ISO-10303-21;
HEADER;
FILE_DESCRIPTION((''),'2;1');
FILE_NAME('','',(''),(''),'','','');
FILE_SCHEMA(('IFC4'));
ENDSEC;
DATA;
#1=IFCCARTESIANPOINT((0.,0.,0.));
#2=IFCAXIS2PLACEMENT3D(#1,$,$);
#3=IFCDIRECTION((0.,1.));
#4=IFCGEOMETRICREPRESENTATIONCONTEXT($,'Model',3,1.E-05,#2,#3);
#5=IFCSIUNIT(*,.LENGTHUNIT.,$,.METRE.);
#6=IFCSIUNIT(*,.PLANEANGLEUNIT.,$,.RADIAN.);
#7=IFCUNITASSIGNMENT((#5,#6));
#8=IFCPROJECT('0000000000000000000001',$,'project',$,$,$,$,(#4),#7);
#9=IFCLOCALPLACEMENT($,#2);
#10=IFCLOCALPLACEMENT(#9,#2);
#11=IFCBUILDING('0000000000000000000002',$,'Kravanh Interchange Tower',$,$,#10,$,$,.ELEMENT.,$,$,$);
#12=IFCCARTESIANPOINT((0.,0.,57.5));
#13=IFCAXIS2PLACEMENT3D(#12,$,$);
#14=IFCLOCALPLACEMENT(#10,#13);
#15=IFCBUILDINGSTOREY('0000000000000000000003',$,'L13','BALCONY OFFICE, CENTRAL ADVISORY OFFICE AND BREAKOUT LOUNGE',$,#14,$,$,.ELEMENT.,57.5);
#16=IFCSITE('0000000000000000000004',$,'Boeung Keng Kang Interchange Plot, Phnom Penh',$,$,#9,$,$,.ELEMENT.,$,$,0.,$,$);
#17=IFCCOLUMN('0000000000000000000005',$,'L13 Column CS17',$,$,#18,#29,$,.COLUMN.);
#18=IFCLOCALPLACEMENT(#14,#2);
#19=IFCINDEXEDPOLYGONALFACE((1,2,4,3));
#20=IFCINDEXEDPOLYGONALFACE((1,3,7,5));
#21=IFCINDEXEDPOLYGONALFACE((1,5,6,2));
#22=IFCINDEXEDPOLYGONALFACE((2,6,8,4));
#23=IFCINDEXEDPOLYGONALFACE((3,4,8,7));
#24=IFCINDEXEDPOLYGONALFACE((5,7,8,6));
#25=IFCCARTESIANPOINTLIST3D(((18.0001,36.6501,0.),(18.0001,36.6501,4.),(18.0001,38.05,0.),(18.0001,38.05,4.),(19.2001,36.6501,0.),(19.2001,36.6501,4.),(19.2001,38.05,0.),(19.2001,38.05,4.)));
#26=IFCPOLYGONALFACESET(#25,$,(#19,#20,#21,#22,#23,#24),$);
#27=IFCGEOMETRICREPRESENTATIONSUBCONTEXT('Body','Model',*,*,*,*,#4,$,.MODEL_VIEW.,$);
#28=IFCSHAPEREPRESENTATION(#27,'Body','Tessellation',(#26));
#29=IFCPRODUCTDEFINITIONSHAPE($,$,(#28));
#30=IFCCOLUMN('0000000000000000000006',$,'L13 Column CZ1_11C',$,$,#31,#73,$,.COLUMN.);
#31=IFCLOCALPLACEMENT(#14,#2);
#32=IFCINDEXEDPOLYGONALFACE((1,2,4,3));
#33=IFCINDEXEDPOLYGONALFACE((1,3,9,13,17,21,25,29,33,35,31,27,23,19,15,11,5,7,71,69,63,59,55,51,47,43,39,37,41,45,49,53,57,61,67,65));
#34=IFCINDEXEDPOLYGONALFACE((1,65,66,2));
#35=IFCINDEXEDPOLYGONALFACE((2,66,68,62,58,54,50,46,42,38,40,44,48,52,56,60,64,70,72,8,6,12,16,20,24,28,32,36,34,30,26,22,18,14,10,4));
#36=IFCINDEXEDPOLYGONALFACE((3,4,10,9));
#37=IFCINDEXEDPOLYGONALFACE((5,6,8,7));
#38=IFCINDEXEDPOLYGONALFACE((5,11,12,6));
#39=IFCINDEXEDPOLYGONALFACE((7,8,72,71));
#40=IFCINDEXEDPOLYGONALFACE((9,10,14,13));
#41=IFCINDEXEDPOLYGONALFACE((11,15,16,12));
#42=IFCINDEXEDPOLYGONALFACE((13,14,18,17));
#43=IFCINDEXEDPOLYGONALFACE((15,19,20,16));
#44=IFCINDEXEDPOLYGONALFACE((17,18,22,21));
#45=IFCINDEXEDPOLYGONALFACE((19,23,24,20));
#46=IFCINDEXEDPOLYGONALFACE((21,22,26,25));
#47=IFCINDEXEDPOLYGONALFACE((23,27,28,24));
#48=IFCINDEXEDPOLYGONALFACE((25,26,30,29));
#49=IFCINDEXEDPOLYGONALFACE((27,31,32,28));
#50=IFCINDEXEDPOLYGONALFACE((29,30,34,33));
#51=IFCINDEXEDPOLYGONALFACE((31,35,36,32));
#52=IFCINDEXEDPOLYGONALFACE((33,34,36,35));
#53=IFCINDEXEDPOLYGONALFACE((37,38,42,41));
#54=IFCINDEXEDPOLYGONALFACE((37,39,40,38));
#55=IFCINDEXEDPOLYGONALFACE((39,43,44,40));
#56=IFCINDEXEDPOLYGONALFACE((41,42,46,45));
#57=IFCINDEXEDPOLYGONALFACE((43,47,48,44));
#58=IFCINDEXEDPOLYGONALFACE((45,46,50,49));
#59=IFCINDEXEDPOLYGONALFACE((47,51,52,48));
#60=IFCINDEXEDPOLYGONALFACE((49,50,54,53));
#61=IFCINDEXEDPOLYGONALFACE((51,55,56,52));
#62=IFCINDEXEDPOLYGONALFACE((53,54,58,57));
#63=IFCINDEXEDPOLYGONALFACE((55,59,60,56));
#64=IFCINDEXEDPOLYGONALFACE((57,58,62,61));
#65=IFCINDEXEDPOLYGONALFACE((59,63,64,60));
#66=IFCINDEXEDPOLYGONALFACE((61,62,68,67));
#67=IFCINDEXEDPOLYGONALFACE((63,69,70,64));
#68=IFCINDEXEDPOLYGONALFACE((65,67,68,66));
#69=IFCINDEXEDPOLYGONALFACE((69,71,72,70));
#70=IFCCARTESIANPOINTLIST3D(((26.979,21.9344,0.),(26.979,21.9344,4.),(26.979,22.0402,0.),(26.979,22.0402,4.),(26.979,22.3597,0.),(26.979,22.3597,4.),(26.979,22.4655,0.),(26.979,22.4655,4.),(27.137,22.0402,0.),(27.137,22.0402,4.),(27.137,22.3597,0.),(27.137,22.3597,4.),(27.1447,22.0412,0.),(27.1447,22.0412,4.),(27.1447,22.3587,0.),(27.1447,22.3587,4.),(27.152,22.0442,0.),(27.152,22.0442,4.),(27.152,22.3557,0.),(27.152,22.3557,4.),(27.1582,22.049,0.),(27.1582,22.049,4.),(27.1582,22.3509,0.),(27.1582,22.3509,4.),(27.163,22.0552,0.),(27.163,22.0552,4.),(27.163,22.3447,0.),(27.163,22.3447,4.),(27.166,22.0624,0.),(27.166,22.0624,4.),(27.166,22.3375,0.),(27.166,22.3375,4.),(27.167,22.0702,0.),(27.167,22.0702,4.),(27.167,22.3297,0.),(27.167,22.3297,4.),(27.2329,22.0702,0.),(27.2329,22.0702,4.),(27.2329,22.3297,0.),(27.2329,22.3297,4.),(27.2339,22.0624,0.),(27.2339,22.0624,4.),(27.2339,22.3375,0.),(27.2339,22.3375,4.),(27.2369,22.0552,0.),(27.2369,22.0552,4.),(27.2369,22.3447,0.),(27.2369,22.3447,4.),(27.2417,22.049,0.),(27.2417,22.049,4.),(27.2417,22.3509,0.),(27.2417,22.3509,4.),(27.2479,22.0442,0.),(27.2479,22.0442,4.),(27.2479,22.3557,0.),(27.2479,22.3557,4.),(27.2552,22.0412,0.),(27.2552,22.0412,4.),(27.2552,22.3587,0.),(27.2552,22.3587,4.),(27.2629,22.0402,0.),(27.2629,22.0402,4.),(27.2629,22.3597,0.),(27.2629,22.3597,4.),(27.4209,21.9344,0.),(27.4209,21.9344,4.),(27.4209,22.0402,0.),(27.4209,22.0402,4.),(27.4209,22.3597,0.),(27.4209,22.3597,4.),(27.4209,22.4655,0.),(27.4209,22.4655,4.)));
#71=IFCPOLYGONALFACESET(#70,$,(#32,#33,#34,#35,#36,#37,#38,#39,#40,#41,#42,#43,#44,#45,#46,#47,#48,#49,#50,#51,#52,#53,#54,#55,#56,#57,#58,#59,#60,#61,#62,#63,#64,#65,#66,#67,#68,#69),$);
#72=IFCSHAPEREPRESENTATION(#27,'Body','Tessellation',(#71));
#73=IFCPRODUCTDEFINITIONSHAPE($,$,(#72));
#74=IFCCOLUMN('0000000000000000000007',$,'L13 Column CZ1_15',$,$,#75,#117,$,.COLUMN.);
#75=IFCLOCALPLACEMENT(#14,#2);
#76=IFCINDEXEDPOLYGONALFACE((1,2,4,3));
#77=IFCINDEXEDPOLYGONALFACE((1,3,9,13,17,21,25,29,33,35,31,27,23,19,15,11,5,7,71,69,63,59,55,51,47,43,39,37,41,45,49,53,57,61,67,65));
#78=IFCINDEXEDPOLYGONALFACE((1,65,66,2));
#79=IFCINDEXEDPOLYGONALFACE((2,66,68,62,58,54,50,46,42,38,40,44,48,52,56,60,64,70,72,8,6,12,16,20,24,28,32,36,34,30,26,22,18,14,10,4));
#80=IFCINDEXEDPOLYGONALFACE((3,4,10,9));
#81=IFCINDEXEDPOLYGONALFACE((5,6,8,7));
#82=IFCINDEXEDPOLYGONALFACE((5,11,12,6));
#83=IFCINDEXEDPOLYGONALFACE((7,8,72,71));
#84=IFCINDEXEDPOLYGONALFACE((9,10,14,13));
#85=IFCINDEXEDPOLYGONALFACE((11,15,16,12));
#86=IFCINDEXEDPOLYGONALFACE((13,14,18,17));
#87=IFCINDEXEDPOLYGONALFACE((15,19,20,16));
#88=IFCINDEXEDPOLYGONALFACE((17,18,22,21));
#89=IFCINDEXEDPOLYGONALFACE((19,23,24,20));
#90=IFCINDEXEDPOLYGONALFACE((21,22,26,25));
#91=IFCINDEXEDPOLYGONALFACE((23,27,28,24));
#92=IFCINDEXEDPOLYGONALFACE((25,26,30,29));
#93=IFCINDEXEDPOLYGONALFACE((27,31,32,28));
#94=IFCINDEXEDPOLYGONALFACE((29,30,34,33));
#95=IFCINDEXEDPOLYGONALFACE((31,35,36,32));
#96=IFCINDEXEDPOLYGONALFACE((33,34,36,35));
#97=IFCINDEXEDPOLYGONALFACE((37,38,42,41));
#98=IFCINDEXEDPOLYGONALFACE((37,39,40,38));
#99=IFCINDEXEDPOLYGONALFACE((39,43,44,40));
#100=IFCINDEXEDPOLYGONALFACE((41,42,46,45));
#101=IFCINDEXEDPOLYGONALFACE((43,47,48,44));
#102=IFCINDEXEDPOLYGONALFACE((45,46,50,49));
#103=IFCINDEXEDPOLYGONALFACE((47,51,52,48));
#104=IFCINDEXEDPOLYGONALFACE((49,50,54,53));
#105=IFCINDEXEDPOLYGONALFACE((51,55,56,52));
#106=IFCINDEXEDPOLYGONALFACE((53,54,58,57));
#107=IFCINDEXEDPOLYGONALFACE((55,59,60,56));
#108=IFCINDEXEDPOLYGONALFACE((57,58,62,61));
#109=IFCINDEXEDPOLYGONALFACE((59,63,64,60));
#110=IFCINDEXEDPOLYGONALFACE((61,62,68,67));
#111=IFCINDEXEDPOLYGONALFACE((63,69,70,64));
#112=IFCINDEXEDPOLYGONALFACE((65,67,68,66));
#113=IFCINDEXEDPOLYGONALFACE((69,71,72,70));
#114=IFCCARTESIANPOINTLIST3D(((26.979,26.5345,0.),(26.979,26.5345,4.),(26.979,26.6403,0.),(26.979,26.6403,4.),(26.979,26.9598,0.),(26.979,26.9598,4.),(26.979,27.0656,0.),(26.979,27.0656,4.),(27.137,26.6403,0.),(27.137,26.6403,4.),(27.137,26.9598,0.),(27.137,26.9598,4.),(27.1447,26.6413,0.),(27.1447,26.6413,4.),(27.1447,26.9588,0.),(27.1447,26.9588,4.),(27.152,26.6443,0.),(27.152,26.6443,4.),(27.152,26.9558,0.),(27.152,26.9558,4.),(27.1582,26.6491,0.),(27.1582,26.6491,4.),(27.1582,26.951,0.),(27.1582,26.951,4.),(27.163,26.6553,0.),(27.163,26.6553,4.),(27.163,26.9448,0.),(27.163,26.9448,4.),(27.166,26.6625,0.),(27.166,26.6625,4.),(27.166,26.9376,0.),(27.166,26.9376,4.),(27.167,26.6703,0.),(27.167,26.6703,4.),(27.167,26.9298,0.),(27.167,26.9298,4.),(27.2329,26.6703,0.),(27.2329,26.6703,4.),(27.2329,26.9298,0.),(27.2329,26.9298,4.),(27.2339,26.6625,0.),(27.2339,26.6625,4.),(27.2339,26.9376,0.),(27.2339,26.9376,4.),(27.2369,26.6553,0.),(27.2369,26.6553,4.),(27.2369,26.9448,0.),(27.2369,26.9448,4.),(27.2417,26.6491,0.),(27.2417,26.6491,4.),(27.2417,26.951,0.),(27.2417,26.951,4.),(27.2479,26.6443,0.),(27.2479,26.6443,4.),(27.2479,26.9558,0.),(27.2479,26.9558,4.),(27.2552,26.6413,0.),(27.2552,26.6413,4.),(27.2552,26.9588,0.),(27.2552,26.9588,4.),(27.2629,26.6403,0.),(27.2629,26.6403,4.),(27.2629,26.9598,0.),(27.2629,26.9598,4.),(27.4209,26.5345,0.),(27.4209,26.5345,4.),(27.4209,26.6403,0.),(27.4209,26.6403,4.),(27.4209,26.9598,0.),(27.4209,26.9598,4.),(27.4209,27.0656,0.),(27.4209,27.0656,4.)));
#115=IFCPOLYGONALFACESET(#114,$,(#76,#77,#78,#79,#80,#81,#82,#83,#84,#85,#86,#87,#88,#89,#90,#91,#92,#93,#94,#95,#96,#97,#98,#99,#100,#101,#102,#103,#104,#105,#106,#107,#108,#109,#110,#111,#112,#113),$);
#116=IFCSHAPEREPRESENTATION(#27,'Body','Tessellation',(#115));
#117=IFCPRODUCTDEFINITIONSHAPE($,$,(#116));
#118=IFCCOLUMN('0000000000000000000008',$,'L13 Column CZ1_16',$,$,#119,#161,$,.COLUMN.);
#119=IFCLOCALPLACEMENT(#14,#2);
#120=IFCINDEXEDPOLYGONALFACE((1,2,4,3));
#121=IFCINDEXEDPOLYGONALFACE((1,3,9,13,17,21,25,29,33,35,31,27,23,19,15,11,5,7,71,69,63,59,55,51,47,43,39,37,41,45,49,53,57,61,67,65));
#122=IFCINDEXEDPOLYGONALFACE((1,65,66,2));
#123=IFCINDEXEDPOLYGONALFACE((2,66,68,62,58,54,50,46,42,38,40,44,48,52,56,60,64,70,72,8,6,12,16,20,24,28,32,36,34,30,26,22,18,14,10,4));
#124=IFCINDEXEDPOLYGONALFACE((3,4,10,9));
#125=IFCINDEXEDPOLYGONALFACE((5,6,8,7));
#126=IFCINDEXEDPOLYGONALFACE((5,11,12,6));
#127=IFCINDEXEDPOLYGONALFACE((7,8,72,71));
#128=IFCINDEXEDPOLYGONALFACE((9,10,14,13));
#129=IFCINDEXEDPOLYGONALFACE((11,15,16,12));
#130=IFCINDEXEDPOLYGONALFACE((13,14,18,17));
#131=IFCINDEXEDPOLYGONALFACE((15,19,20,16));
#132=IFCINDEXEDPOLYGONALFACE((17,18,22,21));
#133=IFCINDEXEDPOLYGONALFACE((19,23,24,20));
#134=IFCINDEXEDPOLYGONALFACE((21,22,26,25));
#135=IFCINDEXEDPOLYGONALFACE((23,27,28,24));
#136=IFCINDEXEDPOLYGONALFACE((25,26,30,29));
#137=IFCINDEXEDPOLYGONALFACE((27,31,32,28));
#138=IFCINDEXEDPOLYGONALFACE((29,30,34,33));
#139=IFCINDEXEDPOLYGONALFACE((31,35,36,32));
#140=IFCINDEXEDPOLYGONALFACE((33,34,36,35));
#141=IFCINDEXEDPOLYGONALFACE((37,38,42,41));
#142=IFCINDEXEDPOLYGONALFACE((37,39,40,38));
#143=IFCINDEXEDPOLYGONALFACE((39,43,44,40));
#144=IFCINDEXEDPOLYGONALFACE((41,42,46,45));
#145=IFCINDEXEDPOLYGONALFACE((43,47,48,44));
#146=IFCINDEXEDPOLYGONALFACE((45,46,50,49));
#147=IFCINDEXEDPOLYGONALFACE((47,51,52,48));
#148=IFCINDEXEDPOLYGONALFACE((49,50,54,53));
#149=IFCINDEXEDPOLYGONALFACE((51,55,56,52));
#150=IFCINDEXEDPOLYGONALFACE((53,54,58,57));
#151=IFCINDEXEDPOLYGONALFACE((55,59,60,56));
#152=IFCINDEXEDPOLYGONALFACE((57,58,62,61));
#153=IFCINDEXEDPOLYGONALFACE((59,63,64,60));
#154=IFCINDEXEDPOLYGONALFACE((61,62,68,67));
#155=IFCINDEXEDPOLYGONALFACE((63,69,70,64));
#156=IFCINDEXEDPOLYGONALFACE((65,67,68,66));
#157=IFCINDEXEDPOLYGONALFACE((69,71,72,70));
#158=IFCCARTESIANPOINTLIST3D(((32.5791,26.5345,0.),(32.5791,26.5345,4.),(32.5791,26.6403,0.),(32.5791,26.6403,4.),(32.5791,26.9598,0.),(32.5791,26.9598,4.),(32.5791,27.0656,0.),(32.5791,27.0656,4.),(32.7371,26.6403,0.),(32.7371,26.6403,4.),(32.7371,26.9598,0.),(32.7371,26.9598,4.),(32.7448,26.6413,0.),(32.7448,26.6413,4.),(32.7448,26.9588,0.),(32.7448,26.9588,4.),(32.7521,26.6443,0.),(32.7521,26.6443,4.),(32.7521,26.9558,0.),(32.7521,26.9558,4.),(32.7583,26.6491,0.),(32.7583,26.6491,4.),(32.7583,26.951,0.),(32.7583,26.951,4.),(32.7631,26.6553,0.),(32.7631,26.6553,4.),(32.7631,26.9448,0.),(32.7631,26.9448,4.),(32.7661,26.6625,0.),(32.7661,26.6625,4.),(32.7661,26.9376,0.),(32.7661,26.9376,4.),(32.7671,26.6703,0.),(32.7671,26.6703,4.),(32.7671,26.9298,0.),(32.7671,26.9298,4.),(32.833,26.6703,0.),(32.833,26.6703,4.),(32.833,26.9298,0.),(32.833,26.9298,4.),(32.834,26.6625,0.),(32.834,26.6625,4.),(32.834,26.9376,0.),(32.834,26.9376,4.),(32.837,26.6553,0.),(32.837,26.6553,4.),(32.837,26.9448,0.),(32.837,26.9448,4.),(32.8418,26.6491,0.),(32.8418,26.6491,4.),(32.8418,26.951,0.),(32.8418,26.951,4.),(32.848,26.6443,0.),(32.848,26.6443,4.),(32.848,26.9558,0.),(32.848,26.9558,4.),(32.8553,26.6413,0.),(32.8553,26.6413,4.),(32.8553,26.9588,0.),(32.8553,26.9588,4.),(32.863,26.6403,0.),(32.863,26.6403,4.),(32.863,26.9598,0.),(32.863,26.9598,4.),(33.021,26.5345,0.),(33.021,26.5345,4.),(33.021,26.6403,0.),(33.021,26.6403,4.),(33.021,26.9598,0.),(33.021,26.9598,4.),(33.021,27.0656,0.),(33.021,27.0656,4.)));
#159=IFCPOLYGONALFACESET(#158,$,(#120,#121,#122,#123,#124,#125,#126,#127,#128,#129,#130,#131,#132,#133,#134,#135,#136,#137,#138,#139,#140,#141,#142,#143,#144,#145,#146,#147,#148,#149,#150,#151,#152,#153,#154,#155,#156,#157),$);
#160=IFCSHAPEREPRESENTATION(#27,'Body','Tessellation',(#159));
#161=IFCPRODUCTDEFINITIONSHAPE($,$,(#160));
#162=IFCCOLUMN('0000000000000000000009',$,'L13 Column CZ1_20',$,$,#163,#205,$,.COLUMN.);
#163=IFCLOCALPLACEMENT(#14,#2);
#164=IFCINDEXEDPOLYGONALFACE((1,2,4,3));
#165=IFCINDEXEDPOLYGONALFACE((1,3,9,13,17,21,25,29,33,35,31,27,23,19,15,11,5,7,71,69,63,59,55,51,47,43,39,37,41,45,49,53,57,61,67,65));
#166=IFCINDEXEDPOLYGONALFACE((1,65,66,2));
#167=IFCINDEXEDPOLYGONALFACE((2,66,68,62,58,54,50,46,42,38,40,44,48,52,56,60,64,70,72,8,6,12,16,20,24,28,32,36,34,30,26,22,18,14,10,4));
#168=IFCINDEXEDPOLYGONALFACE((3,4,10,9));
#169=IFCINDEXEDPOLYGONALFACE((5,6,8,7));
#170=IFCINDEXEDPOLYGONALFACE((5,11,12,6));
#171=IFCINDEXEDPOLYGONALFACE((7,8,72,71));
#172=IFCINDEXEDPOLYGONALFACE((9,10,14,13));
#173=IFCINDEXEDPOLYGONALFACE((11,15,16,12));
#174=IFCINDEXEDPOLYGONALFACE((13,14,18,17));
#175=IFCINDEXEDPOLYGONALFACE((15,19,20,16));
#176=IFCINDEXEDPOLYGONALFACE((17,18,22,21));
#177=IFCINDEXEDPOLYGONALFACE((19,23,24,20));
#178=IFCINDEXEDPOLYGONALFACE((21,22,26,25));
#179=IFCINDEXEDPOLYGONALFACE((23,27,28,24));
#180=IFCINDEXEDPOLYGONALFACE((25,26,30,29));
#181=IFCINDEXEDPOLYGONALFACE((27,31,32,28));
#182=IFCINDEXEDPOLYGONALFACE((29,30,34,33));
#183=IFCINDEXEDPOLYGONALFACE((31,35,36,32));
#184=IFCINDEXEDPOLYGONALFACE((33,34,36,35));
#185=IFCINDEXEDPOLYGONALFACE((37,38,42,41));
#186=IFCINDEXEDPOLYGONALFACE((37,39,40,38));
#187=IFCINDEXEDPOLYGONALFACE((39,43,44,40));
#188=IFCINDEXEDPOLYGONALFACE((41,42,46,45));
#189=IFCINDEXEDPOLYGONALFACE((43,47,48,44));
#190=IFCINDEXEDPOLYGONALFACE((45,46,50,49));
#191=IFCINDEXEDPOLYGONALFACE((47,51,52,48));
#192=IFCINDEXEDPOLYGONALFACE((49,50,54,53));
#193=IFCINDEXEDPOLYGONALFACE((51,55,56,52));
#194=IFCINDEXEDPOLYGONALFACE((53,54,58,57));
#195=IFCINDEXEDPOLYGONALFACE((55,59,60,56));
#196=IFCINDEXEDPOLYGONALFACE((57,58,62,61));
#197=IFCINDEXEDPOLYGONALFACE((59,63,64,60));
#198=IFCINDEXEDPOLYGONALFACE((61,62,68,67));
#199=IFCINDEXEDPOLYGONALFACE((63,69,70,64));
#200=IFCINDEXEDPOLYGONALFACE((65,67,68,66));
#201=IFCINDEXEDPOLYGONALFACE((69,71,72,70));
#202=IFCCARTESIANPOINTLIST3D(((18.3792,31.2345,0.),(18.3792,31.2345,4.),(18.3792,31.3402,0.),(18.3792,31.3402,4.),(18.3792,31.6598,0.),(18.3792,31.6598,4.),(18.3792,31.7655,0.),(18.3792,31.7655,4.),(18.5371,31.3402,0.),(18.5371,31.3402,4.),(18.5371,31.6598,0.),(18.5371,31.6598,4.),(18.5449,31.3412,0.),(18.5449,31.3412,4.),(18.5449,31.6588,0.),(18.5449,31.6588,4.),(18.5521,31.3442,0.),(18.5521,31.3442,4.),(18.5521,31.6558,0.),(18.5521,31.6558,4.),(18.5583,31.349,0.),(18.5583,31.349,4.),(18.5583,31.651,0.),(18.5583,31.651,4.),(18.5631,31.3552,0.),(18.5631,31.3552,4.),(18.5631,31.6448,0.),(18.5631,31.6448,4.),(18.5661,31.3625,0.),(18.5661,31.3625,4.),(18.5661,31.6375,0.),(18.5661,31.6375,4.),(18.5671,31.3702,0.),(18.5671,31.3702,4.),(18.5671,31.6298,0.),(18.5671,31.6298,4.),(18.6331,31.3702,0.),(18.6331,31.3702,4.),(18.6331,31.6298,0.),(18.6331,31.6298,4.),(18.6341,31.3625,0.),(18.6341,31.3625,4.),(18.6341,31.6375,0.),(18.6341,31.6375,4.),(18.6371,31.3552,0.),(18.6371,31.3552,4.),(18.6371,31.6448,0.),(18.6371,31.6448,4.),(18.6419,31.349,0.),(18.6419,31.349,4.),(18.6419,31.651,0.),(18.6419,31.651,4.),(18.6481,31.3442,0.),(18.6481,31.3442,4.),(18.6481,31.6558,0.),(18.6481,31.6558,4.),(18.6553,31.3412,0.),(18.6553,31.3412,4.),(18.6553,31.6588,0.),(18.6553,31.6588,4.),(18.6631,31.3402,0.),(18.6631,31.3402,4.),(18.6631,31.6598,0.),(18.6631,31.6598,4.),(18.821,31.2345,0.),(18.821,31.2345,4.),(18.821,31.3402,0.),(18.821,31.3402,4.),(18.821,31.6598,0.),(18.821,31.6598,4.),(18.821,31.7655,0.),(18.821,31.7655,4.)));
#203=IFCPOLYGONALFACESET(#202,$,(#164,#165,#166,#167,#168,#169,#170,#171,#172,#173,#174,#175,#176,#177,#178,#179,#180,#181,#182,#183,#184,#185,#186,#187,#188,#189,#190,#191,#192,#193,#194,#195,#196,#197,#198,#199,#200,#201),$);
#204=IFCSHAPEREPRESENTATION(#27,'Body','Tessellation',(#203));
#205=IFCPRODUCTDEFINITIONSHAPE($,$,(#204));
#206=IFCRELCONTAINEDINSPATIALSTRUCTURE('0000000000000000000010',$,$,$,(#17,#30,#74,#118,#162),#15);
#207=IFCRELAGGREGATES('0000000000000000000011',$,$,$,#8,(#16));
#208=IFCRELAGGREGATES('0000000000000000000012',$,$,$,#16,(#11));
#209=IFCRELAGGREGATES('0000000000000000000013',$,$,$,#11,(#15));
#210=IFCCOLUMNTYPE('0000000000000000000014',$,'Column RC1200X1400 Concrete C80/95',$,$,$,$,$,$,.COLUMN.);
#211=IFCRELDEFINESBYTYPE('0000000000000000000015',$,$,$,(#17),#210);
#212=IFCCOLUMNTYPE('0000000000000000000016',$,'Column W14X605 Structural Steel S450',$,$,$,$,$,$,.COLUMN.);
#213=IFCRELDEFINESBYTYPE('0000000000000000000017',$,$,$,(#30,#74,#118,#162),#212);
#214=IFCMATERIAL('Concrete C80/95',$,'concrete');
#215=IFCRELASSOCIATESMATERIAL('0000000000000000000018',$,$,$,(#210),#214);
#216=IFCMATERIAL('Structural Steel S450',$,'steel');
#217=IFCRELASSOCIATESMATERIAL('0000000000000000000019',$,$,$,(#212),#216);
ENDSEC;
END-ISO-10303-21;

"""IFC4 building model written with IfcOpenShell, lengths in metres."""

from ifc_helpers import new_model, si_unit, direction, frame, origin, origin_2d, place, context, subcontext, project, spatial, rectangle, i_section, extrude, material, material_profile, profile_set, type_object, element, save


model = new_model("IFC4")

# Units and contexts
model_context = context("Model", 3, precision=1e-05, world=origin(), true_north=direction((0.0, 1.0)))
body_context = subcontext(model_context, "Body", "Model", "MODEL_VIEW")
ifc_project = project(units=[si_unit("LENGTHUNIT", "METRE"), si_unit("PLANEANGLEUNIT", "RADIAN")], contexts=[model_context])

# Site, building, storey
site_placement = place(None, origin())
site = spatial("IfcSite", under=ifc_project, at=site_placement, Name="Boeung Keng Kang Interchange Plot, Phnom Penh", CompositionType="ELEMENT", RefElevation=0.0)
building_placement = place(site_placement, origin())
building = spatial("IfcBuilding", under=site, at=building_placement, Name="Kravanh Interchange Tower", CompositionType="ELEMENT")
storey_placement = place(building_placement, frame((0.0, 0.0, 57.5)))
storey = spatial("IfcBuildingStorey", under=building, at=storey_placement, Name="L13", Description="BALCONY OFFICE, CENTRAL ADVISORY OFFICE AND BREAKOUT LOUNGE", CompositionType="ELEMENT", Elevation=57.5)

# Columns
ifc_material_1 = material(Name="Concrete C80/95", Category="concrete")
ifc_material_profile_1 = material_profile(ifc_material_1, rectangle(XDim=1.2, YDim=1.3999, at=origin_2d()), Name="RC1200X1400")
ifc_profile_set_1 = profile_set([ifc_material_profile_1], Name="Concrete C80/95")
column_type_1 = type_object("IfcColumnType", Name="Column RC1200X1400 Concrete C80/95", PredefinedType="COLUMN", material=ifc_profile_set_1)
column_placement = place(storey_placement, frame((18.6001, 37.3501, 0.0), z_axis=(0.0, 0.0, 1.0), x_axis=(1.0, 0.0, 0.0)))
element("IfcColumn", 1, at=column_placement, inside=storey, type_object=column_type_1, Name="L13 Column CS17", PredefinedType="COLUMN", context=body_context, shape_type="SweptSolid", body=[
    extrude(rectangle(XDim=1.2, YDim=1.3999, at=origin_2d()), origin(), (0.0, 0.0, 1.0), 4.0),
])
ifc_material_2 = material(Name="Structural Steel S450", Category="steel")
ifc_material_profile_2 = material_profile(ifc_material_2, i_section(OverallWidth=0.4419, OverallDepth=0.531, WebThickness=0.0659, FlangeThickness=0.1057, FilletRadius=0.03, at=origin_2d()), Name="W14X605")
ifc_profile_set_2 = profile_set([ifc_material_profile_2], Name="Structural Steel S450")
column_type_2 = type_object("IfcColumnType", Name="Column W14X605 Structural Steel S450", PredefinedType="COLUMN", material=ifc_profile_set_2)
for number, where, z_axis, x_axis, name in (
    (2, (27.2, 22.2, 0.0), (0.0, 0.0, 1.0), (1.0, 0.0, 0.0), "L13 Column CZ1_11C"),
    (3, (27.2, 26.8, 0.0), (0.0, 0.0, 1.0), (1.0, 0.0, 0.0), "L13 Column CZ1_15"),
    (4, (32.8, 26.8, 0.0), (0.0, 0.0, 1.0), (1.0, 0.0, 0.0), "L13 Column CZ1_16"),
    (5, (18.6001, 31.5, 0.0), (0.0, 0.0, 1.0), (1.0, 0.0, 0.0), "L13 Column CZ1_20"),
):
    element("IfcColumn", number, at=place(storey_placement, frame(where, z_axis=z_axis, x_axis=x_axis)), inside=storey, type_object=column_type_2, Name=name, PredefinedType="COLUMN", context=body_context, shape_type="SweptSolid", body=[
        extrude(i_section(OverallWidth=0.4419, OverallDepth=0.531, WebThickness=0.0659, FlangeThickness=0.1057, FilletRadius=0.03, at=origin_2d()), origin(), (0.0, 0.0, 1.0), 4.0),
    ])

save(model, "model.ifc")
